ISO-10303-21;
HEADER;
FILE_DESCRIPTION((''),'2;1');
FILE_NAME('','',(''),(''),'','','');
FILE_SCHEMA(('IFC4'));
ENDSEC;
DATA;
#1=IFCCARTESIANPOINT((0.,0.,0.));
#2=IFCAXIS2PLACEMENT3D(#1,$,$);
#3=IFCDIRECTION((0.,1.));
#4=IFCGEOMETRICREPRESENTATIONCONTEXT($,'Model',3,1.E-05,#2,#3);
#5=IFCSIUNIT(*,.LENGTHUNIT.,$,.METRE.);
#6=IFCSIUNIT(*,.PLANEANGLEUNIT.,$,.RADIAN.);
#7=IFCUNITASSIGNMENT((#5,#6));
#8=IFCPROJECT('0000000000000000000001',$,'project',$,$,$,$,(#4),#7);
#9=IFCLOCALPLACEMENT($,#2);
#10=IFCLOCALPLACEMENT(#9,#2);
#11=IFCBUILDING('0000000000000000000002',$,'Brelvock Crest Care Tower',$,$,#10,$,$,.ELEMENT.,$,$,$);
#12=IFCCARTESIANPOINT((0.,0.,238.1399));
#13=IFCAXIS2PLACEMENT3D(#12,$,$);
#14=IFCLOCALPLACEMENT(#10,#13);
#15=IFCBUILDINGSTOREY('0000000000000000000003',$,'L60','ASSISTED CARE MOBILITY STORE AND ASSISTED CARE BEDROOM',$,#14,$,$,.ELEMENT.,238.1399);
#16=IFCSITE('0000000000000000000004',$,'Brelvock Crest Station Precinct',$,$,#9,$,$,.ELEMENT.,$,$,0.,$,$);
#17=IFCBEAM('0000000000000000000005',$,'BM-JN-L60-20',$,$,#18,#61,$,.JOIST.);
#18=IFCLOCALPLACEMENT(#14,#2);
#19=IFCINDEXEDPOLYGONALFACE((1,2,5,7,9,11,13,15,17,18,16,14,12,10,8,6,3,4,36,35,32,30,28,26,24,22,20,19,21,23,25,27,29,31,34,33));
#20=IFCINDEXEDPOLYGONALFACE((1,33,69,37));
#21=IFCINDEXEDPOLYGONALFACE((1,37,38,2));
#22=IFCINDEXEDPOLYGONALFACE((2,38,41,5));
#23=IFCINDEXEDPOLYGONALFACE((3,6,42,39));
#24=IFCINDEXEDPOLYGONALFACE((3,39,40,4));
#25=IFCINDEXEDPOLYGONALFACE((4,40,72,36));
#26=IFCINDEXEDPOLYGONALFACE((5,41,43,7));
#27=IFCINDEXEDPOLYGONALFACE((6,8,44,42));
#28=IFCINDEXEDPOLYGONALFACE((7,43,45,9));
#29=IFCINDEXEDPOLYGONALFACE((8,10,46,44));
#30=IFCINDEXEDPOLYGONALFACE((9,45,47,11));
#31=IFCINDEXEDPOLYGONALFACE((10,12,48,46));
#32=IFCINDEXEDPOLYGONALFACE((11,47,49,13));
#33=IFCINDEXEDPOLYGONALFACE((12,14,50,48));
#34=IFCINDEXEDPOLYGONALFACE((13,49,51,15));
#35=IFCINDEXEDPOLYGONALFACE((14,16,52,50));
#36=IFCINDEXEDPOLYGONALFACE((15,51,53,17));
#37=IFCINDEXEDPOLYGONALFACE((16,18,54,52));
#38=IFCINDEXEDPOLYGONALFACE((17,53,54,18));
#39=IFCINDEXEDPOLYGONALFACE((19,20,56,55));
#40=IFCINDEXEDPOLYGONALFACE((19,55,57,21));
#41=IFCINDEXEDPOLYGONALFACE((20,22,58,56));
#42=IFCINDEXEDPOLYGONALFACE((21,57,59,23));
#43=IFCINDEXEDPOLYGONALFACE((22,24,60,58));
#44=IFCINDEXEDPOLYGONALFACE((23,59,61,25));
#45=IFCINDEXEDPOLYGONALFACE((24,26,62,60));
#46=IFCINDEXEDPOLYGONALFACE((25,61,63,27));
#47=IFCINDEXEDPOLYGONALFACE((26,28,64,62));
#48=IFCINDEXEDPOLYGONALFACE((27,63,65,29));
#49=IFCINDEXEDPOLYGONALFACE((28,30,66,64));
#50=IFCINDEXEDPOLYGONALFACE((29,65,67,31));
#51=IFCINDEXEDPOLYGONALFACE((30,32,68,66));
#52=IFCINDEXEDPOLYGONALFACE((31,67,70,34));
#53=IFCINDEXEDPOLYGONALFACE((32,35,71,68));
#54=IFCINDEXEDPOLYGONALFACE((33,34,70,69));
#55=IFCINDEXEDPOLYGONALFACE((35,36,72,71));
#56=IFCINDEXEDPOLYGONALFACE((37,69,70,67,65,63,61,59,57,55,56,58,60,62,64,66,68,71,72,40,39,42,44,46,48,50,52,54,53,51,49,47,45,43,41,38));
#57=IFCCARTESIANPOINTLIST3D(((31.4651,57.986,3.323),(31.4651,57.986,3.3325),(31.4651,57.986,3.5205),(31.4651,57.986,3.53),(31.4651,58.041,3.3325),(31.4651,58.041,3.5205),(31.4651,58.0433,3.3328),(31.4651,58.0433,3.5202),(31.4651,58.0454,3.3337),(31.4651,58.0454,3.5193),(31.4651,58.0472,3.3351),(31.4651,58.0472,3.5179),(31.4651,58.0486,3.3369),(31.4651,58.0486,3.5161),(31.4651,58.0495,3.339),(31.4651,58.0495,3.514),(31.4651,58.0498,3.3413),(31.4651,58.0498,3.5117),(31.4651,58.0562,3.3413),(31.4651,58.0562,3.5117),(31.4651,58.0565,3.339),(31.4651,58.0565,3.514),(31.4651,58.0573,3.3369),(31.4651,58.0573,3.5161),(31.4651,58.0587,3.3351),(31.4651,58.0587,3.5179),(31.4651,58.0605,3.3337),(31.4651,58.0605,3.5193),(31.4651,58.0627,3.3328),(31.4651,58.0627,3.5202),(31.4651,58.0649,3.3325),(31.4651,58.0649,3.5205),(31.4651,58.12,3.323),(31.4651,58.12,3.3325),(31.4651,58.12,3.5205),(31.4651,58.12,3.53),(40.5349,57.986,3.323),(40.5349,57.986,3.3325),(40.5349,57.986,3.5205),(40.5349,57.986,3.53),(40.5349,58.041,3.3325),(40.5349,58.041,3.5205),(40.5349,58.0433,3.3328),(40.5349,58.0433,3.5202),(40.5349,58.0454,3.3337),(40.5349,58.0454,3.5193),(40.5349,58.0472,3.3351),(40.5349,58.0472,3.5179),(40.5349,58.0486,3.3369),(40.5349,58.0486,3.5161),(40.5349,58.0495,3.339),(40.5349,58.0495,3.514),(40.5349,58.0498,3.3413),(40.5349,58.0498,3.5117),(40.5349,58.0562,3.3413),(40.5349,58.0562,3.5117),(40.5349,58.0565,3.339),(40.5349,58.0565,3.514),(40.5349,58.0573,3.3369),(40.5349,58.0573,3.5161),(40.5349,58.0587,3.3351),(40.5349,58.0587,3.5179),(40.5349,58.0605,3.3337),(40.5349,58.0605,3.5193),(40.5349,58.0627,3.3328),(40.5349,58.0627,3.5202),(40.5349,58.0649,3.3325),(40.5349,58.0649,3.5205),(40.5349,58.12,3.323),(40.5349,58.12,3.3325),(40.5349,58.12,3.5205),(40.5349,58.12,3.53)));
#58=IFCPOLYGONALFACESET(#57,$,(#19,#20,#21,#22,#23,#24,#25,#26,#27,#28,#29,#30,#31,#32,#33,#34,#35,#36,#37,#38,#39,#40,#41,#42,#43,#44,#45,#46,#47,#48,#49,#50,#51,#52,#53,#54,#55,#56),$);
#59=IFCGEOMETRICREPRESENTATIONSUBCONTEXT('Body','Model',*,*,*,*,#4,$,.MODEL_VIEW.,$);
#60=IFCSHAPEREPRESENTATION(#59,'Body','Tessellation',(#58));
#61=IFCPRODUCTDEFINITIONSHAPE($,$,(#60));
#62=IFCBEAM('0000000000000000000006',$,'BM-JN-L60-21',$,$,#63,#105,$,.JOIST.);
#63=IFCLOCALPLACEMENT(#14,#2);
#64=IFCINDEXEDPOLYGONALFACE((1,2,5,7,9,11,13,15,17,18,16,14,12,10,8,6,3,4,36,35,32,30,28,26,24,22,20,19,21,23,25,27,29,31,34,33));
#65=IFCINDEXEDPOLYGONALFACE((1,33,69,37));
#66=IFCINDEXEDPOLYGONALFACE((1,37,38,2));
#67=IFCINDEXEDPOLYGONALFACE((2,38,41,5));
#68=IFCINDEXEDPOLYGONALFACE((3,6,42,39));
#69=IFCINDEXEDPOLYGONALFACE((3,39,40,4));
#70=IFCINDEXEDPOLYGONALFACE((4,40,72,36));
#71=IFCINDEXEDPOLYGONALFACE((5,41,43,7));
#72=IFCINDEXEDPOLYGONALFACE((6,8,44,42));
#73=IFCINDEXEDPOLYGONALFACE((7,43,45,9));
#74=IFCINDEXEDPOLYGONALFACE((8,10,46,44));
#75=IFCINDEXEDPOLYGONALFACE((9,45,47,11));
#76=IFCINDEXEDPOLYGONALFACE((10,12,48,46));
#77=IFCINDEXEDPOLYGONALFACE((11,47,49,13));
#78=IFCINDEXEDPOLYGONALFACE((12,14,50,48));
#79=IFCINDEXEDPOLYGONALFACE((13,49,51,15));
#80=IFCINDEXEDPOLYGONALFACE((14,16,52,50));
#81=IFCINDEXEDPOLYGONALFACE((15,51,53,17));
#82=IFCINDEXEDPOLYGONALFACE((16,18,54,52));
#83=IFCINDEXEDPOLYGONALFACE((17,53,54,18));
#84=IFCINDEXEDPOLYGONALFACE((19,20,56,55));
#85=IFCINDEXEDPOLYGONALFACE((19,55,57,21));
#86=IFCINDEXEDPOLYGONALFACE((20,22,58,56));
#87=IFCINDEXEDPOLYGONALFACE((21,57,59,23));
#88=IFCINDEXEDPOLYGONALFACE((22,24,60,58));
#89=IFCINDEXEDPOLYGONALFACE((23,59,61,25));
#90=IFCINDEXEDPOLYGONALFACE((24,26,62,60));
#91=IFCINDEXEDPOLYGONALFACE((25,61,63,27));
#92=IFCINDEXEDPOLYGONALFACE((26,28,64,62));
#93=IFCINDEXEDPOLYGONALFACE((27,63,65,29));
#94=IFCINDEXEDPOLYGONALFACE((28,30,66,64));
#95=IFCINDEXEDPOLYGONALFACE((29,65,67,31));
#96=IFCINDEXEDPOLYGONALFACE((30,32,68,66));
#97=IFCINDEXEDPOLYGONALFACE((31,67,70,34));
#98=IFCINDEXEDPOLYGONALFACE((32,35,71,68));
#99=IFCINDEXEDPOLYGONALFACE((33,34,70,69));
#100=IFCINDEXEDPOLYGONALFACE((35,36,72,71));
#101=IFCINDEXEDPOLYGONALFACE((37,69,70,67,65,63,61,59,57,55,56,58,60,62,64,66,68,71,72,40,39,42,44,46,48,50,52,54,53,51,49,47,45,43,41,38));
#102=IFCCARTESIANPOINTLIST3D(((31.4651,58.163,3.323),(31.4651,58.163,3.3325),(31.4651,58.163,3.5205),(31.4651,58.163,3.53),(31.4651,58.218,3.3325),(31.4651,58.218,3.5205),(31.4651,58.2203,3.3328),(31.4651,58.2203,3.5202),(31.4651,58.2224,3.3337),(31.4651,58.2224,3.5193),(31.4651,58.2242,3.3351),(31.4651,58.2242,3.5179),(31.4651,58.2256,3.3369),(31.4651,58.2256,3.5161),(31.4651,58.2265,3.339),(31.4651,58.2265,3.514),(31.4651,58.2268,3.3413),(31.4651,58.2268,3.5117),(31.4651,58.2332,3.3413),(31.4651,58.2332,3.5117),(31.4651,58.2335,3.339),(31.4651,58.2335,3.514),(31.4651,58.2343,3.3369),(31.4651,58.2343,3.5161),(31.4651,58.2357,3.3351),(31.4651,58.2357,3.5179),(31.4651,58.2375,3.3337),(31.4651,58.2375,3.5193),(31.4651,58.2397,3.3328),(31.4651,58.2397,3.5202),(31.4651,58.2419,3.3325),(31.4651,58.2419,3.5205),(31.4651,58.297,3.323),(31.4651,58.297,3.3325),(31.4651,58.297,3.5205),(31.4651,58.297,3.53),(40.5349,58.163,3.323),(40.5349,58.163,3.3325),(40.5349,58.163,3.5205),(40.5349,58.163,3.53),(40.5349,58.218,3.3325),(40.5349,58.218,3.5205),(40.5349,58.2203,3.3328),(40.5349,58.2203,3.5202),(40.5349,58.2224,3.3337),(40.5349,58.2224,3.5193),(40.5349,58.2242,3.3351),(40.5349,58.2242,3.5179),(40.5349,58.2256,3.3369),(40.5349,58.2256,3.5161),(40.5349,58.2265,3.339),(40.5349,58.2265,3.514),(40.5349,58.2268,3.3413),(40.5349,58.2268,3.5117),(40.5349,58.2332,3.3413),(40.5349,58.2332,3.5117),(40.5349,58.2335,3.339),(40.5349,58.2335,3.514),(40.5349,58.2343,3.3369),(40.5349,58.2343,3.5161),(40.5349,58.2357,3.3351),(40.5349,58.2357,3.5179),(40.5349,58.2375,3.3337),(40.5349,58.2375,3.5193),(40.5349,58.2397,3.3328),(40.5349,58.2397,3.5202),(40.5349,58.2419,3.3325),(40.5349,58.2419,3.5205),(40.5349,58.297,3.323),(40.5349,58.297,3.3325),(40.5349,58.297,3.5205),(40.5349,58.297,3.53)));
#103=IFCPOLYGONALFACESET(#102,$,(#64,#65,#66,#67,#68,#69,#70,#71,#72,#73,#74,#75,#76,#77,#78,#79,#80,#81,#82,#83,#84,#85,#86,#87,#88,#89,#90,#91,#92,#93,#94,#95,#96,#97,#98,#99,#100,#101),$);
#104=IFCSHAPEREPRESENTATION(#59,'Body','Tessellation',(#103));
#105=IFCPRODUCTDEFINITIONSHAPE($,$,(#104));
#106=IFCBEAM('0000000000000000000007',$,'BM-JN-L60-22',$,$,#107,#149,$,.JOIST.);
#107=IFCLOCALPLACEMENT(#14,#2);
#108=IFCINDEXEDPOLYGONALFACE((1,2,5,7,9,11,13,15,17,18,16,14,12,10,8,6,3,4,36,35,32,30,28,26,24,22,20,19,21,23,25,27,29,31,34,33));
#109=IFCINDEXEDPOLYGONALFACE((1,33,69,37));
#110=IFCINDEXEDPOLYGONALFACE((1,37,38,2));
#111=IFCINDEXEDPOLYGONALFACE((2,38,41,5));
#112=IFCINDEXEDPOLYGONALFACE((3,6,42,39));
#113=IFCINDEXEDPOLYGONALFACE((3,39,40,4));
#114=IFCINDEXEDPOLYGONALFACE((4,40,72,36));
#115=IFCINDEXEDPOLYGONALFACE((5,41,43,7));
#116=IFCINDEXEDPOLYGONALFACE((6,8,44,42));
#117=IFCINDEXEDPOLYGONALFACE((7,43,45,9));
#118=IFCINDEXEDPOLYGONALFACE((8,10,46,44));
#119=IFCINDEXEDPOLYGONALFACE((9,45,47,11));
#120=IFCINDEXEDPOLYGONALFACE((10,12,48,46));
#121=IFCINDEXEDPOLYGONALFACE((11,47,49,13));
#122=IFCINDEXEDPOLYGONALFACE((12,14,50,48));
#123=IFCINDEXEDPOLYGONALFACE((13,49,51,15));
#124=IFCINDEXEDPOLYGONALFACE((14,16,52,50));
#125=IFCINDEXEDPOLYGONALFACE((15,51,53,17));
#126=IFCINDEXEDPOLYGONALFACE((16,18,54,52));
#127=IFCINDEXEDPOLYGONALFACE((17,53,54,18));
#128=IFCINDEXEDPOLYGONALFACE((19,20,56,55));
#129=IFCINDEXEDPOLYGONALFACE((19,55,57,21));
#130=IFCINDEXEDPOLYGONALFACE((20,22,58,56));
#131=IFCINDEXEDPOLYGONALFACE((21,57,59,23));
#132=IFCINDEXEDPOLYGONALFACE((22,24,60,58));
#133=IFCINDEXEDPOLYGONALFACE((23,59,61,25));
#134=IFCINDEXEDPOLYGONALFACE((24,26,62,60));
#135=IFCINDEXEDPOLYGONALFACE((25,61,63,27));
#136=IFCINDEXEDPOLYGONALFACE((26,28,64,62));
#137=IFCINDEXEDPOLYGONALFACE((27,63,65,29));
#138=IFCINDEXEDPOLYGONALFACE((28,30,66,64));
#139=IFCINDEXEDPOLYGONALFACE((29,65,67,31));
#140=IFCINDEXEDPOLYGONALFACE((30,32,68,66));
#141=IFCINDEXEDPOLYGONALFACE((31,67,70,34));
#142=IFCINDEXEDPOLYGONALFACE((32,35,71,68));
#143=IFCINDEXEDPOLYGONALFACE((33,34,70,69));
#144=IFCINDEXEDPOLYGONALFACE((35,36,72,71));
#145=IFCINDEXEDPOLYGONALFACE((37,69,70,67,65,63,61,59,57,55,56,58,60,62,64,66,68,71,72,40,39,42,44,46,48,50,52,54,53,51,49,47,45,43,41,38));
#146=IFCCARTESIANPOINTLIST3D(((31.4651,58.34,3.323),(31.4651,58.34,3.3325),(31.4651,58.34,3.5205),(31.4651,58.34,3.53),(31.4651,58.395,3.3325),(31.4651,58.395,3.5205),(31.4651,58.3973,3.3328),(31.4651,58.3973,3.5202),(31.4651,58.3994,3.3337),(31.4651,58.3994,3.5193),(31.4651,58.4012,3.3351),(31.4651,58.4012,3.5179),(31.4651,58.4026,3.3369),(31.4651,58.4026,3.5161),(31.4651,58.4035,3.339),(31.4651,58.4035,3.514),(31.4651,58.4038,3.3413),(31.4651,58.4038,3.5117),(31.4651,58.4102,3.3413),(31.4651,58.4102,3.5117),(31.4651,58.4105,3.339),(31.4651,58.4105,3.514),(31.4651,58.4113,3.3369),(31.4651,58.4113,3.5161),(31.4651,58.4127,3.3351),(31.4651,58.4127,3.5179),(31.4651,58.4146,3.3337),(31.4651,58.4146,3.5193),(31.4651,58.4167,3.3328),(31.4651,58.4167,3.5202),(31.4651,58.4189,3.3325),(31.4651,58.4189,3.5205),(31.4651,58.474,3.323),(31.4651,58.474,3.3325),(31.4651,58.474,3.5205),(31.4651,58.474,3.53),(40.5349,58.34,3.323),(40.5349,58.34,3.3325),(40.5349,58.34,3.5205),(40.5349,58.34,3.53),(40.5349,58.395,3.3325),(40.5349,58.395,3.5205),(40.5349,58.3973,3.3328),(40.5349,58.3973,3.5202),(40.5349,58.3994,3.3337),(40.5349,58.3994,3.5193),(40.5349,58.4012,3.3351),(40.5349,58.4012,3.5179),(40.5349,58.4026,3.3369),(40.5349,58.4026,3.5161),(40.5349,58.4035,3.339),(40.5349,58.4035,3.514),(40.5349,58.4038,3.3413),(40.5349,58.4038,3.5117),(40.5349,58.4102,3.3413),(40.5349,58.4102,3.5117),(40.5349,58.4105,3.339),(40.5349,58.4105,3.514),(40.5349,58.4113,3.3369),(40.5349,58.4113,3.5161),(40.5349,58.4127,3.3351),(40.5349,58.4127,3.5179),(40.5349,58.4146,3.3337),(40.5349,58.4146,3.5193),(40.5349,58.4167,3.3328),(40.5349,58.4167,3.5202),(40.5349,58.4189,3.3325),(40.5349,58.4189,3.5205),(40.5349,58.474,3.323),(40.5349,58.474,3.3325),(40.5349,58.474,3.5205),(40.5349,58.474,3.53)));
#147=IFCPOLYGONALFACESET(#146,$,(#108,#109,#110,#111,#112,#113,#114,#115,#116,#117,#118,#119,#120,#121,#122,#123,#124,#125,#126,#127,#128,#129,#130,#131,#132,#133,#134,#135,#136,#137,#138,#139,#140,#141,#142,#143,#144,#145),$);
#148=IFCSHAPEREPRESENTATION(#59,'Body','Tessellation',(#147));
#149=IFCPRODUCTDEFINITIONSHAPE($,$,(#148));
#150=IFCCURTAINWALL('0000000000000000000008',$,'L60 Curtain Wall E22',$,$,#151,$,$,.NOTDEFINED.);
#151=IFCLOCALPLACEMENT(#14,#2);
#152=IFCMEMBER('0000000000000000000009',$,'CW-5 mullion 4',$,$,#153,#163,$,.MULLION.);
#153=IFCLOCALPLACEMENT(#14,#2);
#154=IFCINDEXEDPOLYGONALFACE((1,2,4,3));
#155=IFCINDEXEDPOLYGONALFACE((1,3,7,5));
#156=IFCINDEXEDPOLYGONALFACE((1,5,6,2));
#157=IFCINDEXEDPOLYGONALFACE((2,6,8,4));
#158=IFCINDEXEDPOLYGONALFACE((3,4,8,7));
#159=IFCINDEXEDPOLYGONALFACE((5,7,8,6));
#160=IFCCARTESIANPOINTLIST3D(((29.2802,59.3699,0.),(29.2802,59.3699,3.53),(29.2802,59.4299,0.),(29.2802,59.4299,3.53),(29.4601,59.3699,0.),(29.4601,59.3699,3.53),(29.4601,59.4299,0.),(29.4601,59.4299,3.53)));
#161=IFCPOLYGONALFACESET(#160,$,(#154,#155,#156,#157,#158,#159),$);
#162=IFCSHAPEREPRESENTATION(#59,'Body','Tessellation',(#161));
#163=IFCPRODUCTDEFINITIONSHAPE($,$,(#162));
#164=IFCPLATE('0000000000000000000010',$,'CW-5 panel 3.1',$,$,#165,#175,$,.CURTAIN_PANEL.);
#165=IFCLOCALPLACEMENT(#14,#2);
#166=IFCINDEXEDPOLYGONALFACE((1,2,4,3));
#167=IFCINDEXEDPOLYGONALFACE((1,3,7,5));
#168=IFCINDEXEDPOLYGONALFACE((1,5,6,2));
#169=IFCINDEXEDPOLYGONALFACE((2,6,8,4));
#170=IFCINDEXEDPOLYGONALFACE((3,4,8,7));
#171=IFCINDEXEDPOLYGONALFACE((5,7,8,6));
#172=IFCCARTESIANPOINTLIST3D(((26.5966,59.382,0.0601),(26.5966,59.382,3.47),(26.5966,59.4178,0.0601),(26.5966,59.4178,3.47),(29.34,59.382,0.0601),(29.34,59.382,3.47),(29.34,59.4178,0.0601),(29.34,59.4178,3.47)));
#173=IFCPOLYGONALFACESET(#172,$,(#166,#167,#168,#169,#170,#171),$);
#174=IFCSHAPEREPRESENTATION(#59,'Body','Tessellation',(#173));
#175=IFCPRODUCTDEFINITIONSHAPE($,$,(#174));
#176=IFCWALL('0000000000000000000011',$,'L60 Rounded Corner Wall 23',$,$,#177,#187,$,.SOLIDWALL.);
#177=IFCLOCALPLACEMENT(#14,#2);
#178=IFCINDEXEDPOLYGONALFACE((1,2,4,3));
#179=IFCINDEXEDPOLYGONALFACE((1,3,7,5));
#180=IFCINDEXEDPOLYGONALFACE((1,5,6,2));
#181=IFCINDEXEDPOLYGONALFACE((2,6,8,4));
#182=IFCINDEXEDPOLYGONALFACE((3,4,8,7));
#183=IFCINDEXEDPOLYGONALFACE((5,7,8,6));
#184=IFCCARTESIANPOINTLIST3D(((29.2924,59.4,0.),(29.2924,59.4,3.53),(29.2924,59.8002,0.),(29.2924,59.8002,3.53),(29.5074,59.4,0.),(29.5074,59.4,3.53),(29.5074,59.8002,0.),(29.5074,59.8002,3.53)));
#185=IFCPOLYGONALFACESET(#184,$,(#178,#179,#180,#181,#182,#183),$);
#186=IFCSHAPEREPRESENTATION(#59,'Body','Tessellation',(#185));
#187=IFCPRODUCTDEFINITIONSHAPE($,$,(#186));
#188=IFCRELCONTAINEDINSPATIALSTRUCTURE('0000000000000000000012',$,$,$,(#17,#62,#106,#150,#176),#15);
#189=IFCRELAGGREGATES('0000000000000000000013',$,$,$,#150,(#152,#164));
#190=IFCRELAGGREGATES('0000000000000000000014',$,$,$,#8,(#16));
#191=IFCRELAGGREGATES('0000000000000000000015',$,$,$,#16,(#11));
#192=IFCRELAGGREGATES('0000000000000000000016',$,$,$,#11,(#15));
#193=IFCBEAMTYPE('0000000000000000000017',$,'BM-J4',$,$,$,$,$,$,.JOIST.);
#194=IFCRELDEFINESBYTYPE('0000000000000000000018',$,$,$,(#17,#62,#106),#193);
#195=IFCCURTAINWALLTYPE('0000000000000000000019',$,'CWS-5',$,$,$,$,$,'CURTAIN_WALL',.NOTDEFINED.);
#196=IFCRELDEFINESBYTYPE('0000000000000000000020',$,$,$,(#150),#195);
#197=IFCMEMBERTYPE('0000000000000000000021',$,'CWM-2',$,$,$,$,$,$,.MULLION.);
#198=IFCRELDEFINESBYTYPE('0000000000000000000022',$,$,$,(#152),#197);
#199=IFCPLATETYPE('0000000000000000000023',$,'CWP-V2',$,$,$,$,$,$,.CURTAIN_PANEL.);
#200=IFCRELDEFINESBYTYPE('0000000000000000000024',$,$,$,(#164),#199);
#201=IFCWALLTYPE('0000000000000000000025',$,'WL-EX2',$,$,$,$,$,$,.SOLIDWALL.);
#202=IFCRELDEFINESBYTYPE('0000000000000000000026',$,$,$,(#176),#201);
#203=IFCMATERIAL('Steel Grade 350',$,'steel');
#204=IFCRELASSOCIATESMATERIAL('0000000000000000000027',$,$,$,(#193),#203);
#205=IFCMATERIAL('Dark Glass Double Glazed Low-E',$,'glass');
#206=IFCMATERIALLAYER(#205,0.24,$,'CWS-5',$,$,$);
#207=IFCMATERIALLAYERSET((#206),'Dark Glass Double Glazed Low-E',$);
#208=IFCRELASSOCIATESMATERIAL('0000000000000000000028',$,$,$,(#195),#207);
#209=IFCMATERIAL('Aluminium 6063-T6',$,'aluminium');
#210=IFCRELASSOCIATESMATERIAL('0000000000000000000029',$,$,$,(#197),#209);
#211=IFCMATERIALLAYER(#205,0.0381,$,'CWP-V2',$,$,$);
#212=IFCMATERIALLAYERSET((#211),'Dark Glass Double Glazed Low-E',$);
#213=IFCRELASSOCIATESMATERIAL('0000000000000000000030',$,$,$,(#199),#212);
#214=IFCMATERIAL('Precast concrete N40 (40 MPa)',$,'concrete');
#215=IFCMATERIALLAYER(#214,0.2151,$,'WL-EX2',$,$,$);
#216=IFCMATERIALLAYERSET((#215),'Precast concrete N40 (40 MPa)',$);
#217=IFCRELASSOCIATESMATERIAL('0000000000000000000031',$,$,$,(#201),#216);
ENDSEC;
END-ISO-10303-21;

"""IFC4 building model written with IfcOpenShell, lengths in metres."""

from ifc_helpers import new_model, si_unit, direction, frame, frame_2d, origin, origin_2d, place, context, subcontext, project, spatial, rectangle, i_section, extrude, source, transform, mapped, material, layer, layer_set, material_profile, profile_set, type_object, element, aggregate, save


model = new_model("IFC4")

# Units and contexts
model_context = context("Model", 3, precision=1e-05, world=origin(), true_north=direction((0.0, 1.0)))
body_context = subcontext(model_context, "Body", "Model", "MODEL_VIEW")
ifc_project = project(units=[si_unit("LENGTHUNIT", "METRE"), si_unit("PLANEANGLEUNIT", "RADIAN")], contexts=[model_context])

# Site, building, storey
site_placement = place(None, origin())
site = spatial("IfcSite", under=ifc_project, at=site_placement, Name="Brelvock Crest Station Precinct", CompositionType="ELEMENT", RefElevation=0.0)
building_placement = place(site_placement, origin())
building = spatial("IfcBuilding", under=site, at=building_placement, Name="Brelvock Crest Care Tower", CompositionType="ELEMENT")
storey_placement = place(building_placement, frame((0.0, 0.0, 238.1399)))
storey = spatial("IfcBuildingStorey", under=building, at=storey_placement, Name="L60", Description="ASSISTED CARE MOBILITY STORE AND ASSISTED CARE BEDROOM", CompositionType="ELEMENT", Elevation=238.1399)

# Shared definitions
ifc_material_1 = material(Name="Steel Grade 350", Category="steel")

# Beams
ifc_material_profile_1 = material_profile(ifc_material_1, i_section(OverallWidth=0.134, OverallDepth=0.207, WebThickness=0.0063, FlangeThickness=0.0095, FilletRadius=0.0088, at=origin_2d()), Name="200UB29.8")
ifc_profile_set_1 = profile_set([ifc_material_profile_1], Name="Steel Grade 350")
beam_type_1 = type_object("IfcBeamType", Name="BM-J4", PredefinedType="JOIST", material=ifc_profile_set_1)
shared_shape_1 = source(origin(), body_context, "Body", "SweptSolid", [
    extrude(i_section(OverallWidth=0.134, OverallDepth=0.207, WebThickness=0.0063, FlangeThickness=0.0095, FilletRadius=0.0088, at=origin_2d()), origin(), (0.0, 0.0, 1.0), 9.0698),
])
for number, where, z_axis, x_axis, name in (
    (1, (31.4651, 58.053, 3.4265), (1.0, 0.0, 0.0), (0.0, 1.0, 0.0), "BM-JN-L60-20"),
    (2, (31.4651, 58.23, 3.4265), (1.0, 0.0, 0.0), (0.0, 1.0, 0.0), "BM-JN-L60-21"),
    (3, (31.4651, 58.407, 3.4265), (1.0, 0.0, 0.0), (0.0, 1.0, 0.0), "BM-JN-L60-22"),
):
    element("IfcBeam", number, at=place(storey_placement, frame(where, z_axis=z_axis, x_axis=x_axis)), inside=storey, type_object=beam_type_1, Name=name, PredefinedType="JOIST", context=body_context, shape_type="MappedRepresentation", body=[
        mapped(shared_shape_1, transform((0.0, 0.0, 0.0), x_axis=(1.0, 0.0, 0.0), y_axis=(0.0, 1.0, 0.0), z_axis=(0.0, 0.0, 1.0), scale=1.0)),
    ])

# Curtain wall, member, plate
ifc_material_2 = material(Name="Dark Glass Double Glazed Low-E", Category="glass")
ifc_layer_1 = layer(ifc_material_2, 0.24, Name="CWS-5")
ifc_layer_set_1 = layer_set([ifc_layer_1], Name="Dark Glass Double Glazed Low-E")
curtain_wall_type = type_object("IfcCurtainWallType", Name="CWS-5", ElementType="CURTAIN_WALL", PredefinedType="NOTDEFINED", material=ifc_layer_set_1)
curtain_wall_placement = place(storey_placement, origin())
curtain_wall = element("IfcCurtainWall", 4, at=curtain_wall_placement, inside=storey, type_object=curtain_wall_type, Name="L60 Curtain Wall E22", PredefinedType="NOTDEFINED")
ifc_material_3 = material(Name="Aluminium 6063-T6", Category="aluminium")
ifc_material_profile_2 = material_profile(ifc_material_3, rectangle(XDim=0.0601, YDim=0.1799, at=origin_2d()), Name="ALU60x180")
ifc_profile_set_2 = profile_set([ifc_material_profile_2], Name="Aluminium 6063-T6")
member_type = type_object("IfcMemberType", Name="CWM-2", PredefinedType="MULLION", material=ifc_profile_set_2)
shared_shape_2 = source(origin(), body_context, "Body", "SweptSolid", [
    extrude(rectangle(XDim=0.0601, YDim=0.1799, at=origin_2d()), origin(), (0.0, 0.0, 1.0), 3.53),
])
member_placement = place(storey_placement, frame((29.3701, 59.3999, 0.0), z_axis=(0.0, 0.0, 1.0), x_axis=(0.0, 1.0, 0.0)))
member = element("IfcMember", 5, at=member_placement, type_object=member_type, Name="CW-5 mullion 4", PredefinedType="MULLION", context=body_context, shape_type="MappedRepresentation", body=[
    mapped(shared_shape_2, transform((0.0, 0.0, 0.0), x_axis=(1.0, 0.0, 0.0), y_axis=(0.0, 1.0, 0.0), z_axis=(0.0, 0.0, 1.0), scale=1.0)),
])
ifc_layer_2 = layer(ifc_material_2, 0.0381, Name="CWP-V2")
ifc_layer_set_2 = layer_set([ifc_layer_2], Name="Dark Glass Double Glazed Low-E")
plate_type = type_object("IfcPlateType", Name="CWP-V2", PredefinedType="CURTAIN_PANEL", material=ifc_layer_set_2)
shared_shape_3 = source(origin(), body_context, "Body", "SweptSolid", [
    extrude(rectangle(XDim=2.7434, YDim=0.0359, at=origin_2d()), origin(), (0.0, 0.0, 1.0), 3.4099),
])
plate_placement = place(storey_placement, frame((27.9683, 59.3999, 0.0601), z_axis=(0.0, 0.0, 1.0), x_axis=(1.0, 0.0, 0.0)))
plate = element("IfcPlate", 6, at=plate_placement, type_object=plate_type, Name="CW-5 panel 3.1", PredefinedType="CURTAIN_PANEL", context=body_context, shape_type="MappedRepresentation", body=[
    mapped(shared_shape_3, transform((0.0, 0.0, 0.0), x_axis=(1.0, 0.0, 0.0), y_axis=(0.0, 1.0, 0.0), z_axis=(0.0, 0.0, 1.0), scale=1.0)),
])
aggregate(curtain_wall, [member, plate])

# Wall
ifc_material_4 = material(Name="Precast concrete N40 (40 MPa)", Category="concrete")
ifc_layer_3 = layer(ifc_material_4, 0.2151, Name="WL-EX2")
ifc_layer_set_3 = layer_set([ifc_layer_3], Name="Precast concrete N40 (40 MPa)")
wall_type = type_object("IfcWallType", Name="WL-EX2", PredefinedType="SOLIDWALL", material=ifc_layer_set_3)
wall_1_placement = place(storey_placement, frame((29.3999, 59.3999, 0.0), z_axis=(0.0, 0.0, 1.0), x_axis=(0.0, 1.0, 0.0)))
element("IfcWall", 7, at=wall_1_placement, inside=storey, type_object=wall_type, Name="L60 Rounded Corner Wall 23", PredefinedType="SOLIDWALL", context=body_context, shape_type="SweptSolid", body=[
    extrude(rectangle(XDim=0.4001, YDim=0.2151, at=frame_2d((0.2002, 0.0))), origin(), (0.0, 0.0, 1.0), 3.53),
])

save(model, "model.ifc")
